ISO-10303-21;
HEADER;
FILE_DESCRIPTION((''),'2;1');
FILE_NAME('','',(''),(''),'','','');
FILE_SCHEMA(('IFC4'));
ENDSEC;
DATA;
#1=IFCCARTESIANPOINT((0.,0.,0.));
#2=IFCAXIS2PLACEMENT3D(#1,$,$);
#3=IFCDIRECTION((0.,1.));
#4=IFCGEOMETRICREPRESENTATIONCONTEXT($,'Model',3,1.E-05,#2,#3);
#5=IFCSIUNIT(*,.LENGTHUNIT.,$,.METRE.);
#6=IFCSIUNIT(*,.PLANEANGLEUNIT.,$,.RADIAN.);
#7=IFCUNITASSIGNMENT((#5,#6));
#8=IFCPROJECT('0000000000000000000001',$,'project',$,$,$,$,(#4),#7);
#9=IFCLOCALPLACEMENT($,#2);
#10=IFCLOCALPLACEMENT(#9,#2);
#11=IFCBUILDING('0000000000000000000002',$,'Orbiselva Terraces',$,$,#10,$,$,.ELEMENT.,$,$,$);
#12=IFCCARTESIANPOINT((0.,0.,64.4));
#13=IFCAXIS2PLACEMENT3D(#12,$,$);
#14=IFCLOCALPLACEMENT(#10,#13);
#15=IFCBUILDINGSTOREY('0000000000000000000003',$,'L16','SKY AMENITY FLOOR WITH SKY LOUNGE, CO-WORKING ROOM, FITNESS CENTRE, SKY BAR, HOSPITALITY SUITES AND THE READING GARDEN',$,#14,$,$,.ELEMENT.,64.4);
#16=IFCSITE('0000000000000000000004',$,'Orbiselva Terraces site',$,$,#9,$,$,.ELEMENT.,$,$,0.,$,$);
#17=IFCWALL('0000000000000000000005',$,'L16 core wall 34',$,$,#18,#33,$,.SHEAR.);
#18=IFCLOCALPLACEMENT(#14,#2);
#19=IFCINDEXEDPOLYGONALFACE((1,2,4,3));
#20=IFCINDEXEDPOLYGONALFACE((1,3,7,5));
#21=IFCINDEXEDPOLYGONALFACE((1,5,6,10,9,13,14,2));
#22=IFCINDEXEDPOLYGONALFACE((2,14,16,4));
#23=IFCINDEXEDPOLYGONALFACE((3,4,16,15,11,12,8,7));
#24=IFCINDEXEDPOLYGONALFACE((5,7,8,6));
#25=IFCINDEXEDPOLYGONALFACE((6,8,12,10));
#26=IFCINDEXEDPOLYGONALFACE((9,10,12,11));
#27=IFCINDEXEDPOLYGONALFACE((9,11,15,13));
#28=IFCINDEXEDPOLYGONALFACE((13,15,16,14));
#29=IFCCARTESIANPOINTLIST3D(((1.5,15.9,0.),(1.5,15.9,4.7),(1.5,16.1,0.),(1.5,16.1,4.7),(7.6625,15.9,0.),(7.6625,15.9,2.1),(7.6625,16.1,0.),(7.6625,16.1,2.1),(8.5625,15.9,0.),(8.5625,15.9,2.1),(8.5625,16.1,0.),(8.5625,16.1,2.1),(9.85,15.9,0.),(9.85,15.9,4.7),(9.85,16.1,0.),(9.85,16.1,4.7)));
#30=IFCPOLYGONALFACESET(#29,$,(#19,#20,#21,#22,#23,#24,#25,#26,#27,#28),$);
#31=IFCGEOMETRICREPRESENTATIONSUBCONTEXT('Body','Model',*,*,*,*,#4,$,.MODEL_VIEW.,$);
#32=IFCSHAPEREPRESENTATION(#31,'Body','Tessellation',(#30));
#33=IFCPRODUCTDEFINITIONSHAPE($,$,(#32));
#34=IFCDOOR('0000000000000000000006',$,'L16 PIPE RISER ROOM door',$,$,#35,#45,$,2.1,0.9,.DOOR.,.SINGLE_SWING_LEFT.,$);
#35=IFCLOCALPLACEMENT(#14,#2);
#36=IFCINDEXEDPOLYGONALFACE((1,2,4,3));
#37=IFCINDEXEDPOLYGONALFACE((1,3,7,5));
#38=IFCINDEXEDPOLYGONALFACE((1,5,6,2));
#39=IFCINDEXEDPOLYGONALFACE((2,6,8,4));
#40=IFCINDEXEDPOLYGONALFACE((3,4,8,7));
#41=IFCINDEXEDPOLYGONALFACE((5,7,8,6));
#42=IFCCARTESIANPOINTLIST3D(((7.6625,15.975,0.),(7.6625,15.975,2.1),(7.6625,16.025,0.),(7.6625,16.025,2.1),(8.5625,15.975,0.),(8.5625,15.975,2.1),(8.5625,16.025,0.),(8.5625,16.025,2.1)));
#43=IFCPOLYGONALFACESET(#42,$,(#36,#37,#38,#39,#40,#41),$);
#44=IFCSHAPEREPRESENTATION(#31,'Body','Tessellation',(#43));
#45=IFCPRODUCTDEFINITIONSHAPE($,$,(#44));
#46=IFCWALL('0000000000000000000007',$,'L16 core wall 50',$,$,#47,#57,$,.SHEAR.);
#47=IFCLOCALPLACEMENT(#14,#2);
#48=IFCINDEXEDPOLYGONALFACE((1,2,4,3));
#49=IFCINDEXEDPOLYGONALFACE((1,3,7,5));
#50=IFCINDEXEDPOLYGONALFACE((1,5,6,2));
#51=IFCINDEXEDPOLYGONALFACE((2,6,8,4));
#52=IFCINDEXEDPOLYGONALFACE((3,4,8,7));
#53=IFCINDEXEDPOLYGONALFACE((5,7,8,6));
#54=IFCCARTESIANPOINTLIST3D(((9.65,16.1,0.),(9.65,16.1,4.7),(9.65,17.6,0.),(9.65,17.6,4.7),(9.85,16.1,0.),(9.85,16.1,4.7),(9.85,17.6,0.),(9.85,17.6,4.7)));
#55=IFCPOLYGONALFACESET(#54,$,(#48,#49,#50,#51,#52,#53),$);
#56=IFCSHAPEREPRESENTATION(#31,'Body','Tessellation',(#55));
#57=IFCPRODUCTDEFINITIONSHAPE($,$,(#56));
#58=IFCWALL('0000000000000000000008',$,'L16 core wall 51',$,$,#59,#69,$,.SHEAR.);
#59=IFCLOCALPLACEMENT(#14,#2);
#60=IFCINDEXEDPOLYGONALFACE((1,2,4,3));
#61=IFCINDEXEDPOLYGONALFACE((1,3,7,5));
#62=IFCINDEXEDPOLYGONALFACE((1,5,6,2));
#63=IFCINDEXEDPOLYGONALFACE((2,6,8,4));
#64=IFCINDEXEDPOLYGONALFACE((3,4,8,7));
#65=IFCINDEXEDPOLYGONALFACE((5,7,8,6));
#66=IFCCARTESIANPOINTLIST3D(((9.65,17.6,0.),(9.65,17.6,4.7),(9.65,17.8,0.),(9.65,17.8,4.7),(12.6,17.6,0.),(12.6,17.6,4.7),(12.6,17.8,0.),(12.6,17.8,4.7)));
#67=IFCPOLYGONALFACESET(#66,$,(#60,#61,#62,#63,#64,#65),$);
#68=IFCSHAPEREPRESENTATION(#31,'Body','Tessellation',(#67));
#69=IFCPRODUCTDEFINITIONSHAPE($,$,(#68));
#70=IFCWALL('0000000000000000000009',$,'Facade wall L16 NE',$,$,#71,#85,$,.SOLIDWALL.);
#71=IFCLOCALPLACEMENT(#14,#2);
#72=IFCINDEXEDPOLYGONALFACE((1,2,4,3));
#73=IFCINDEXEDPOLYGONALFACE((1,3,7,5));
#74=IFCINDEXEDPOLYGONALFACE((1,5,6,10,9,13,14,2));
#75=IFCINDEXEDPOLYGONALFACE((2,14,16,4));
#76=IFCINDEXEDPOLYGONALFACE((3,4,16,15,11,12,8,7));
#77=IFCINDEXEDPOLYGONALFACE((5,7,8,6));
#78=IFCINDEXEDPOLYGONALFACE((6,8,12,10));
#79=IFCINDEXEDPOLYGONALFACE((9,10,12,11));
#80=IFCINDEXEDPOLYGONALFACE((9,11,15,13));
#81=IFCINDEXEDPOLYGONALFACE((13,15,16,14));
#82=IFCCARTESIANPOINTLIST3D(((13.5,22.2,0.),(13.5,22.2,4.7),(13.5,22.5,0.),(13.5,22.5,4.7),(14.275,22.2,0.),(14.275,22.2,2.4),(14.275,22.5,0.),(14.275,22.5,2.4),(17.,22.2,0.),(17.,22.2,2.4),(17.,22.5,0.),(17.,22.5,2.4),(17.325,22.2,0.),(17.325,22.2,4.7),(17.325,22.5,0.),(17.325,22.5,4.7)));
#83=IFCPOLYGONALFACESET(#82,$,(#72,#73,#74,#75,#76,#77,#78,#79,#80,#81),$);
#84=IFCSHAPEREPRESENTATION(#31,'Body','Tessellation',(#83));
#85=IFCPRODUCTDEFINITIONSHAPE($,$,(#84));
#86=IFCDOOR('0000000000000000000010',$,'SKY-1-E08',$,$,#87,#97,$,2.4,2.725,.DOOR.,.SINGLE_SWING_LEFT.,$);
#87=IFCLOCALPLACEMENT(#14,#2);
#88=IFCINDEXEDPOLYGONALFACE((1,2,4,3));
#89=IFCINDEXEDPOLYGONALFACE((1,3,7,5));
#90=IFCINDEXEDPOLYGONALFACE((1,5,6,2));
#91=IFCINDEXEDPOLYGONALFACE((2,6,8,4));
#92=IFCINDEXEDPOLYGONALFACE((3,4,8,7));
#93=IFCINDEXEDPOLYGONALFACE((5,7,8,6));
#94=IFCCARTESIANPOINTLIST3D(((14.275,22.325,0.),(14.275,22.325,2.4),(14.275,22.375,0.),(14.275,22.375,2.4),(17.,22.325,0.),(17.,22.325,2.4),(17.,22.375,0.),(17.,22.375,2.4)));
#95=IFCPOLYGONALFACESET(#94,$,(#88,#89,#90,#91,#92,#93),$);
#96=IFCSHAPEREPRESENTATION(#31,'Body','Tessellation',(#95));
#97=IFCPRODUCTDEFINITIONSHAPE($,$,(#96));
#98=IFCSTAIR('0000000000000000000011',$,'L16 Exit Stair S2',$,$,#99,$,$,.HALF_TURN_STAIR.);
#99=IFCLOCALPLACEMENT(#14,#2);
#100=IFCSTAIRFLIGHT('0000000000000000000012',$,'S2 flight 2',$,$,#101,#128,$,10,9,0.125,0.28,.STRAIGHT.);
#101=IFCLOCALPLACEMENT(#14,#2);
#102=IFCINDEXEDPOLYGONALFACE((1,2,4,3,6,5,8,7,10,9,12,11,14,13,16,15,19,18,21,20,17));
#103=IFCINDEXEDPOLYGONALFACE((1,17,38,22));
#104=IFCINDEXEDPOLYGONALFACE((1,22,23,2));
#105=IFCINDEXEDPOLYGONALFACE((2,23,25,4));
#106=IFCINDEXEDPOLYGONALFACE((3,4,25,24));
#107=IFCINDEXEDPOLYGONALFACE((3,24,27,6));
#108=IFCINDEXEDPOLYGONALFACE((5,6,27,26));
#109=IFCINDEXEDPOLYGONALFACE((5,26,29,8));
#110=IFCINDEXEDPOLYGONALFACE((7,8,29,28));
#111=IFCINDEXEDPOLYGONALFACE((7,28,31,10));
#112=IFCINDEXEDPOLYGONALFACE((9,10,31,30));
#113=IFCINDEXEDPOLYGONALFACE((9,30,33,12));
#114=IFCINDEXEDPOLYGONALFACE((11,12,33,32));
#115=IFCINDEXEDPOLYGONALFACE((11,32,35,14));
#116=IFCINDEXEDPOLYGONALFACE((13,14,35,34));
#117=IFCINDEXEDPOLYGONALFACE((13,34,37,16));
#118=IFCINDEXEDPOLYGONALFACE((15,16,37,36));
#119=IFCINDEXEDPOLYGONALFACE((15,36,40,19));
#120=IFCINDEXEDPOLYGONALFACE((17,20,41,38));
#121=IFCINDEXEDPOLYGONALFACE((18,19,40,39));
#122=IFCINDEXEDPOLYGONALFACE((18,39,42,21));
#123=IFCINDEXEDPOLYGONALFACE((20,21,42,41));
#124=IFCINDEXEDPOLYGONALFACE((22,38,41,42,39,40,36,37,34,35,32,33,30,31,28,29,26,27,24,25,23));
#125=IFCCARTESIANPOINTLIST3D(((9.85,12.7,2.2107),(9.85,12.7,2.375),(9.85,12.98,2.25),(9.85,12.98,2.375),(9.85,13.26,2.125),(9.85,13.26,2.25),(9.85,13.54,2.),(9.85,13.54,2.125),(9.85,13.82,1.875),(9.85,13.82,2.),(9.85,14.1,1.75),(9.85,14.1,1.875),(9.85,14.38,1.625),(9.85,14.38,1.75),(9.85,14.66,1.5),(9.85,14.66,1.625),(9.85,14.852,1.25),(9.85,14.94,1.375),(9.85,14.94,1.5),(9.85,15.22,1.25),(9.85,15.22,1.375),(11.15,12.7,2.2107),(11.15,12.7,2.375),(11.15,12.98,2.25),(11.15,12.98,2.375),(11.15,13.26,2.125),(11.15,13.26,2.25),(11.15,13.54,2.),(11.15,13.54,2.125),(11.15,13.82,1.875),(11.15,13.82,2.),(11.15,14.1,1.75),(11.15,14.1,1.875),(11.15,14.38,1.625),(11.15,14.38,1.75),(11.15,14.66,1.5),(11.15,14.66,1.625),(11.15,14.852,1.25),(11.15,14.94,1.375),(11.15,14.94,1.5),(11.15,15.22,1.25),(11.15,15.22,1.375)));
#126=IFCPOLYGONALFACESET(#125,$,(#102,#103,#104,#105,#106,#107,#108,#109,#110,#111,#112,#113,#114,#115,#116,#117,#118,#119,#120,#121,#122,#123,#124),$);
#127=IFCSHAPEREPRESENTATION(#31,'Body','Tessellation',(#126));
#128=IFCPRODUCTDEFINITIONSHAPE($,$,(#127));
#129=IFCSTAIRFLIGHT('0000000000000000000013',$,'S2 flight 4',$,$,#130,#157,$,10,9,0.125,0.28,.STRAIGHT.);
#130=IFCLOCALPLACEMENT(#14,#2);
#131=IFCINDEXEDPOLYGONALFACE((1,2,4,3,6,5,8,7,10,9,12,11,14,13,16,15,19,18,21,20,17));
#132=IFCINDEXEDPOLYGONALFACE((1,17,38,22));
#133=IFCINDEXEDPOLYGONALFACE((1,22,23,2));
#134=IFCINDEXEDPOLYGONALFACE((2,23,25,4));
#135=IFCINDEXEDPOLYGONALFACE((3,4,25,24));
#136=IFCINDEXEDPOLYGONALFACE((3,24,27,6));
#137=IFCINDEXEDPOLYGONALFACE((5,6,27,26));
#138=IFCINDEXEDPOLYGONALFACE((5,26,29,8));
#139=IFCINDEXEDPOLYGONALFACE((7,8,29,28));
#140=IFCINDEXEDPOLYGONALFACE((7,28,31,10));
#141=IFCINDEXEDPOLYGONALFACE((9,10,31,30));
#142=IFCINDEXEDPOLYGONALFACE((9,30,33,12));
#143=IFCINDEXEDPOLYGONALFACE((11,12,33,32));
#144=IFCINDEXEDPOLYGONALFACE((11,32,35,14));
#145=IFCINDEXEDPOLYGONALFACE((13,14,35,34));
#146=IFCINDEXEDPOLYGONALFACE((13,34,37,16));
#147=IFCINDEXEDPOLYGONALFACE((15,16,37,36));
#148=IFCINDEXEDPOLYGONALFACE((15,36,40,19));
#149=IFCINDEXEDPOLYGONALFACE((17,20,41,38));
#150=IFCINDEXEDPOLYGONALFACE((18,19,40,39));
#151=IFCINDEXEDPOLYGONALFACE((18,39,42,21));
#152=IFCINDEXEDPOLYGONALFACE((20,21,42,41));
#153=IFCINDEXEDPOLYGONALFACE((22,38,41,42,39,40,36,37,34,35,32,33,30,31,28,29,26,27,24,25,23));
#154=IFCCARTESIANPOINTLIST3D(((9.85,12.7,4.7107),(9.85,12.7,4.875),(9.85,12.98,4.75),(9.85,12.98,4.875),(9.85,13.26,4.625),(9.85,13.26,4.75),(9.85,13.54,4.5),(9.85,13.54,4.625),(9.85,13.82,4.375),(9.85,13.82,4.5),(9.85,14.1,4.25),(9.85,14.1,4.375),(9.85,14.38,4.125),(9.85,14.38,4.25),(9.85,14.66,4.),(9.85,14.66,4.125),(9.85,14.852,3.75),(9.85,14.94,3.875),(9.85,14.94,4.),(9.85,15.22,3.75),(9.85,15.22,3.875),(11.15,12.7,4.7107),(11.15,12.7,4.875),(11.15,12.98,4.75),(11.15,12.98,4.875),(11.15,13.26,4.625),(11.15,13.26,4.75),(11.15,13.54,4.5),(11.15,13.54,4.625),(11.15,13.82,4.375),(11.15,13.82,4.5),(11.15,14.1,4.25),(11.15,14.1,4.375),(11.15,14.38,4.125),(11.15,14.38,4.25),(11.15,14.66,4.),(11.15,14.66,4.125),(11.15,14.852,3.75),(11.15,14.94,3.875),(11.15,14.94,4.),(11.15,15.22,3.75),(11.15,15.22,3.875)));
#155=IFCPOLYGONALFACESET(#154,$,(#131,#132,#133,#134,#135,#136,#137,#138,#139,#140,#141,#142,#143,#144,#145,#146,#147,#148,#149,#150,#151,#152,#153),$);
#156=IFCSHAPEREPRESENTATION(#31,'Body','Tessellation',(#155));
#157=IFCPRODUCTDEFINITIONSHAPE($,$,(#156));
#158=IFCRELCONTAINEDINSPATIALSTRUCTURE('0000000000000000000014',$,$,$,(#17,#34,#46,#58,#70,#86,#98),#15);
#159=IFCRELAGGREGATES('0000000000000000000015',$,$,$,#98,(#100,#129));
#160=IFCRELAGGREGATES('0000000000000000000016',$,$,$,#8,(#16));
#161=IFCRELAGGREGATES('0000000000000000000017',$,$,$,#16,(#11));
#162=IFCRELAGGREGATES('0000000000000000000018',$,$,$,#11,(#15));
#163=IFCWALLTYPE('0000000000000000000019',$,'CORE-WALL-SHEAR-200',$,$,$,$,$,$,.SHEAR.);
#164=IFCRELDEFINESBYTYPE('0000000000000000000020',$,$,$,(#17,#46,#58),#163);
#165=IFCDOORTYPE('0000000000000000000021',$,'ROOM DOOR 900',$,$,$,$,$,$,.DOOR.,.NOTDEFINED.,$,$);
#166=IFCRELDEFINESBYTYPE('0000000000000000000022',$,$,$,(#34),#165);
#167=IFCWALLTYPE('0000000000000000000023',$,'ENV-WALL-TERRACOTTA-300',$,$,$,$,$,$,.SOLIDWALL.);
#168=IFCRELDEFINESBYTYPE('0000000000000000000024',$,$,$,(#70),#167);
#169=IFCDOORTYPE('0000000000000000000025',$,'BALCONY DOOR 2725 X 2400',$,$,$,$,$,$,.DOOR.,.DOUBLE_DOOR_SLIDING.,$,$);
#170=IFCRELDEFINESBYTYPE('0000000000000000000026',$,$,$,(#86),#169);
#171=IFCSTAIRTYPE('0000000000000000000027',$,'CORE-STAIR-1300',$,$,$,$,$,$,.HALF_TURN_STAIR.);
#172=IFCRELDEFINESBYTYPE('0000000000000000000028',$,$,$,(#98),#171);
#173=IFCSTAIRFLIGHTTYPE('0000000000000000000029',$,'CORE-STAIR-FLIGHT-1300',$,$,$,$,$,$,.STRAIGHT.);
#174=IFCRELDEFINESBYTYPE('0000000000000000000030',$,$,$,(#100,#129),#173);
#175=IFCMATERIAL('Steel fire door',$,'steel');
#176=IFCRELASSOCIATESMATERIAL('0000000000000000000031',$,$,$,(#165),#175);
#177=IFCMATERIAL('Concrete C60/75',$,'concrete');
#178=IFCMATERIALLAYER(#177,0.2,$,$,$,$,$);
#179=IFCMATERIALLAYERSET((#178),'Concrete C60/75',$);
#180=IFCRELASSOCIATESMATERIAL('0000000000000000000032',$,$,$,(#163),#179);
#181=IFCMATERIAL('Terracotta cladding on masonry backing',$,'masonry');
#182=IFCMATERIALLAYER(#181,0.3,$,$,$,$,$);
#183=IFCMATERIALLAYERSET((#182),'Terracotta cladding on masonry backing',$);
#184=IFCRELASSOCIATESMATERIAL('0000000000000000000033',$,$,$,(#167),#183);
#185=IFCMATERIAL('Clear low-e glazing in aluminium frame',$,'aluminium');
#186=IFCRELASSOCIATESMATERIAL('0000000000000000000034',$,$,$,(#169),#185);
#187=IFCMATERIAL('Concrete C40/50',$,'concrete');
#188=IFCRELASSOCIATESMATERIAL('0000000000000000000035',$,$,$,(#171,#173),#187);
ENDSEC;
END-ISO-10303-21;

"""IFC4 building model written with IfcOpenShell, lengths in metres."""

from ifc_helpers import new_model, si_unit, direction, frame, frame_2d, origin, place, context, subcontext, project, spatial, polyline, rectangle, outline, extrude, material, layer, layer_set, type_object, element, fill, aggregate, save


model = new_model("IFC4")

# Units and contexts
model_context = context("Model", 3, precision=1e-05, world=origin(), true_north=direction((0.0, 1.0)))
body_context = subcontext(model_context, "Body", "Model", "MODEL_VIEW")
ifc_project = project(units=[si_unit("LENGTHUNIT", "METRE"), si_unit("PLANEANGLEUNIT", "RADIAN")], contexts=[model_context])

# Site, building, storey
site_placement = place(None, origin())
site = spatial("IfcSite", under=ifc_project, at=site_placement, Name="Orbiselva Terraces site", CompositionType="ELEMENT", RefElevation=0.0)
building_placement = place(site_placement, origin())
building = spatial("IfcBuilding", under=site, at=building_placement, Name="Orbiselva Terraces", CompositionType="ELEMENT")
storey_placement = place(building_placement, frame((0.0, 0.0, 64.4)))
storey = spatial("IfcBuildingStorey", under=building, at=storey_placement, Name="L16", Description="SKY AMENITY FLOOR WITH SKY LOUNGE, CO-WORKING ROOM, FITNESS CENTRE, SKY BAR, HOSPITALITY SUITES AND THE READING GARDEN", CompositionType="ELEMENT", Elevation=64.4)

# Shared definitions
ifc_material_1 = material(Name="Steel fire door", Category="steel")
door_type_1 = type_object("IfcDoorType", Name="ROOM DOOR 900", OperationType="NOTDEFINED", PredefinedType="DOOR", material=ifc_material_1)

# Shared definitions
ifc_material_2 = material(Name="Concrete C40/50", Category="concrete")

# Shared definitions
ifc_material_3 = material(Name="Concrete C60/75", Category="concrete")
ifc_layer_1 = layer(ifc_material_3, 0.2)
ifc_layer_set_1 = layer_set([ifc_layer_1], Name="Concrete C60/75")
wall_type_1 = type_object("IfcWallType", Name="CORE-WALL-SHEAR-200", PredefinedType="SHEAR", material=ifc_layer_set_1)

# Wall, opening, door
wall_1_placement = place(storey_placement, frame((9.85, 16.0, 0.0), z_axis=(0.0, 0.0, 1.0), x_axis=(-1.0, 0.0, 0.0)))
wall_1 = element("IfcWall", 1, at=wall_1_placement, inside=storey, type_object=wall_type_1, Name="L16 core wall 34", PredefinedType="SHEAR", context=body_context, shape_type="SweptSolid", body=[
    extrude(rectangle(XDim=8.35, YDim=0.2, at=frame_2d((4.175, 0.0))), origin(), (0.0, 0.0, 1.0), 4.7),
])
opening_1_placement = place(wall_1_placement, frame((1.2875, 0.0, 0.0)))
opening_1 = element("IfcOpeningElement", 2, at=opening_1_placement, cuts=wall_1, PredefinedType="OPENING", context=body_context, shape_type="SweptSolid", body=[
    extrude(rectangle(XDim=0.9, YDim=2.1, at=frame_2d((0.45, 1.05))), frame((0.0, 0.11, 0.0), z_axis=(0.0, -1.0, 0.0), x_axis=(1.0, 0.0, 0.0)), (0.0, 0.0, 1.0), 0.22),
])
door_1_placement = place(opening_1_placement, origin())
door_1 = element("IfcDoor", 3, at=door_1_placement, inside=storey, type_object=door_type_1, Name="L16 PIPE RISER ROOM door", OperationType="SINGLE_SWING_LEFT", OverallHeight=2.1, OverallWidth=0.9, PredefinedType="DOOR", context=body_context, shape_type="SweptSolid", body=[
    extrude(rectangle(XDim=0.9, YDim=2.1, at=frame_2d((0.45, 1.05))), frame((0.0, 0.025, 0.0), z_axis=(0.0, -1.0, 0.0), x_axis=(1.0, 0.0, 0.0)), (0.0, 0.0, 1.0), 0.05),
])
fill(opening_1, door_1)

# Walls
wall_2_placement = place(storey_placement, frame((9.75, 16.1, 0.0), z_axis=(0.0, 0.0, 1.0), x_axis=(0.0, 1.0, 0.0)))
element("IfcWall", 4, at=wall_2_placement, inside=storey, type_object=wall_type_1, Name="L16 core wall 50", PredefinedType="SHEAR", context=body_context, shape_type="SweptSolid", body=[
    extrude(rectangle(XDim=1.5, YDim=0.2, at=frame_2d((0.75, 0.0))), origin(), (0.0, 0.0, 1.0), 4.7),
])
wall_3_placement = place(storey_placement, frame((9.65, 17.7, 0.0), z_axis=(0.0, 0.0, 1.0), x_axis=(1.0, 0.0, 0.0)))
element("IfcWall", 5, at=wall_3_placement, inside=storey, type_object=wall_type_1, Name="L16 core wall 51", PredefinedType="SHEAR", context=body_context, shape_type="SweptSolid", body=[
    extrude(rectangle(XDim=2.95, YDim=0.2, at=frame_2d((1.475, 0.0))), origin(), (0.0, 0.0, 1.0), 4.7),
])

# Wall, opening, door
ifc_material_4 = material(Name="Terracotta cladding on masonry backing", Category="masonry")
ifc_layer_2 = layer(ifc_material_4, 0.3)
ifc_layer_set_2 = layer_set([ifc_layer_2], Name="Terracotta cladding on masonry backing")
wall_type_2 = type_object("IfcWallType", Name="ENV-WALL-TERRACOTTA-300", PredefinedType="SOLIDWALL", material=ifc_layer_set_2)
wall_4_placement = place(storey_placement, frame((13.5, 22.35, 0.0), z_axis=(0.0, 0.0, 1.0), x_axis=(1.0, 0.0, 0.0)))
wall_4 = element("IfcWall", 6, at=wall_4_placement, inside=storey, type_object=wall_type_2, Name="Facade wall L16 NE", PredefinedType="SOLIDWALL", context=body_context, shape_type="SweptSolid", body=[
    extrude(rectangle(XDim=3.825, YDim=0.3, at=frame_2d((1.9125, 0.0))), origin(), (0.0, 0.0, 1.0), 4.7),
])
opening_2_placement = place(wall_4_placement, frame((0.775, 0.0, 0.0)))
opening_2 = element("IfcOpeningElement", 7, at=opening_2_placement, cuts=wall_4, PredefinedType="OPENING", context=body_context, shape_type="SweptSolid", body=[
    extrude(rectangle(XDim=2.725, YDim=2.4, at=frame_2d((1.3625, 1.2))), frame((0.0, 0.16, 0.0), z_axis=(0.0, -1.0, 0.0), x_axis=(1.0, 0.0, 0.0)), (0.0, 0.0, 1.0), 0.32),
])
ifc_material_5 = material(Name="Clear low-e glazing in aluminium frame", Category="aluminium")
door_type_2 = type_object("IfcDoorType", Name="BALCONY DOOR 2725 X 2400", OperationType="DOUBLE_DOOR_SLIDING", PredefinedType="DOOR", material=ifc_material_5)
door_2_placement = place(opening_2_placement, origin())
door_2 = element("IfcDoor", 8, at=door_2_placement, inside=storey, type_object=door_type_2, Name="SKY-1-E08", OperationType="SINGLE_SWING_LEFT", OverallHeight=2.4, OverallWidth=2.725, PredefinedType="DOOR", context=body_context, shape_type="SweptSolid", body=[
    extrude(rectangle(XDim=2.725, YDim=2.4, at=frame_2d((1.3625, 1.2))), frame((0.0, 0.025, 0.0), z_axis=(0.0, -1.0, 0.0), x_axis=(1.0, 0.0, 0.0)), (0.0, 0.0, 1.0), 0.05),
])
fill(opening_2, door_2)

# Stair, stair flights
stair_type = type_object("IfcStairType", Name="CORE-STAIR-1300", PredefinedType="HALF_TURN_STAIR", material=ifc_material_2)
stair_placement = place(storey_placement, origin())
stair = element("IfcStair", 9, at=stair_placement, inside=storey, type_object=stair_type, Name="L16 Exit Stair S2", PredefinedType="HALF_TURN_STAIR")
stair_flight_type = type_object("IfcStairFlightType", Name="CORE-STAIR-FLIGHT-1300", PredefinedType="STRAIGHT", material=ifc_material_2)
stair_flight_1_placement = place(storey_placement, frame((10.5, 15.22, 1.25), z_axis=(0.0, 0.0, 1.0), x_axis=(0.0, -1.0, 0.0)))
stair_flight_1 = element("IfcStairFlight", 10, at=stair_flight_1_placement, type_object=stair_flight_type, Name="S2 flight 2", NumberOfRisers=10, NumberOfTreads=9, PredefinedType="STRAIGHT", RiserHeight=0.125, TreadLength=0.28, context=body_context, shape_type="SweptSolid", body=[
    extrude(outline(polyline([(0.0, 0.0), (0.0, 0.125), (0.28, 0.125), (0.28, 0.25), (0.56, 0.25), (0.56, 0.375), (0.84, 0.375), (0.84, 0.5), (1.12, 0.5), (1.12, 0.625), (1.4, 0.625), (1.4, 0.75), (1.68, 0.75), (1.68, 0.875), (1.96, 0.875), (1.96, 1.0), (2.24, 1.0), (2.24, 1.125), (2.52, 1.125), (2.52, 1.25), (2.52, 0.9607), (0.368, 0.0), (0.0, 0.0)])), frame((0.0, 0.65, 0.0), z_axis=(0.0, -1.0, 0.0), x_axis=(1.0, 0.0, 0.0)), (0.0, 0.0, 1.0), 1.3),
])
stair_flight_2_placement = place(storey_placement, frame((10.5, 15.22, 3.75), z_axis=(0.0, 0.0, 1.0), x_axis=(0.0, -1.0, 0.0)))
stair_flight_2 = element("IfcStairFlight", 11, at=stair_flight_2_placement, type_object=stair_flight_type, Name="S2 flight 4", NumberOfRisers=10, NumberOfTreads=9, PredefinedType="STRAIGHT", RiserHeight=0.125, TreadLength=0.28, context=body_context, shape_type="SweptSolid", body=[
    extrude(outline(polyline([(0.0, 0.0), (0.0, 0.125), (0.28, 0.125), (0.28, 0.25), (0.56, 0.25), (0.56, 0.375), (0.84, 0.375), (0.84, 0.5), (1.12, 0.5), (1.12, 0.625), (1.4, 0.625), (1.4, 0.75), (1.68, 0.75), (1.68, 0.875), (1.96, 0.875), (1.96, 1.0), (2.24, 1.0), (2.24, 1.125), (2.52, 1.125), (2.52, 1.25), (2.52, 0.9607), (0.368, 0.0), (0.0, 0.0)])), frame((0.0, 0.65, 0.0), z_axis=(0.0, -1.0, 0.0), x_axis=(1.0, 0.0, 0.0)), (0.0, 0.0, 1.0), 1.3),
])
aggregate(stair, [stair_flight_1, stair_flight_2])

save(model, "model.ifc")
